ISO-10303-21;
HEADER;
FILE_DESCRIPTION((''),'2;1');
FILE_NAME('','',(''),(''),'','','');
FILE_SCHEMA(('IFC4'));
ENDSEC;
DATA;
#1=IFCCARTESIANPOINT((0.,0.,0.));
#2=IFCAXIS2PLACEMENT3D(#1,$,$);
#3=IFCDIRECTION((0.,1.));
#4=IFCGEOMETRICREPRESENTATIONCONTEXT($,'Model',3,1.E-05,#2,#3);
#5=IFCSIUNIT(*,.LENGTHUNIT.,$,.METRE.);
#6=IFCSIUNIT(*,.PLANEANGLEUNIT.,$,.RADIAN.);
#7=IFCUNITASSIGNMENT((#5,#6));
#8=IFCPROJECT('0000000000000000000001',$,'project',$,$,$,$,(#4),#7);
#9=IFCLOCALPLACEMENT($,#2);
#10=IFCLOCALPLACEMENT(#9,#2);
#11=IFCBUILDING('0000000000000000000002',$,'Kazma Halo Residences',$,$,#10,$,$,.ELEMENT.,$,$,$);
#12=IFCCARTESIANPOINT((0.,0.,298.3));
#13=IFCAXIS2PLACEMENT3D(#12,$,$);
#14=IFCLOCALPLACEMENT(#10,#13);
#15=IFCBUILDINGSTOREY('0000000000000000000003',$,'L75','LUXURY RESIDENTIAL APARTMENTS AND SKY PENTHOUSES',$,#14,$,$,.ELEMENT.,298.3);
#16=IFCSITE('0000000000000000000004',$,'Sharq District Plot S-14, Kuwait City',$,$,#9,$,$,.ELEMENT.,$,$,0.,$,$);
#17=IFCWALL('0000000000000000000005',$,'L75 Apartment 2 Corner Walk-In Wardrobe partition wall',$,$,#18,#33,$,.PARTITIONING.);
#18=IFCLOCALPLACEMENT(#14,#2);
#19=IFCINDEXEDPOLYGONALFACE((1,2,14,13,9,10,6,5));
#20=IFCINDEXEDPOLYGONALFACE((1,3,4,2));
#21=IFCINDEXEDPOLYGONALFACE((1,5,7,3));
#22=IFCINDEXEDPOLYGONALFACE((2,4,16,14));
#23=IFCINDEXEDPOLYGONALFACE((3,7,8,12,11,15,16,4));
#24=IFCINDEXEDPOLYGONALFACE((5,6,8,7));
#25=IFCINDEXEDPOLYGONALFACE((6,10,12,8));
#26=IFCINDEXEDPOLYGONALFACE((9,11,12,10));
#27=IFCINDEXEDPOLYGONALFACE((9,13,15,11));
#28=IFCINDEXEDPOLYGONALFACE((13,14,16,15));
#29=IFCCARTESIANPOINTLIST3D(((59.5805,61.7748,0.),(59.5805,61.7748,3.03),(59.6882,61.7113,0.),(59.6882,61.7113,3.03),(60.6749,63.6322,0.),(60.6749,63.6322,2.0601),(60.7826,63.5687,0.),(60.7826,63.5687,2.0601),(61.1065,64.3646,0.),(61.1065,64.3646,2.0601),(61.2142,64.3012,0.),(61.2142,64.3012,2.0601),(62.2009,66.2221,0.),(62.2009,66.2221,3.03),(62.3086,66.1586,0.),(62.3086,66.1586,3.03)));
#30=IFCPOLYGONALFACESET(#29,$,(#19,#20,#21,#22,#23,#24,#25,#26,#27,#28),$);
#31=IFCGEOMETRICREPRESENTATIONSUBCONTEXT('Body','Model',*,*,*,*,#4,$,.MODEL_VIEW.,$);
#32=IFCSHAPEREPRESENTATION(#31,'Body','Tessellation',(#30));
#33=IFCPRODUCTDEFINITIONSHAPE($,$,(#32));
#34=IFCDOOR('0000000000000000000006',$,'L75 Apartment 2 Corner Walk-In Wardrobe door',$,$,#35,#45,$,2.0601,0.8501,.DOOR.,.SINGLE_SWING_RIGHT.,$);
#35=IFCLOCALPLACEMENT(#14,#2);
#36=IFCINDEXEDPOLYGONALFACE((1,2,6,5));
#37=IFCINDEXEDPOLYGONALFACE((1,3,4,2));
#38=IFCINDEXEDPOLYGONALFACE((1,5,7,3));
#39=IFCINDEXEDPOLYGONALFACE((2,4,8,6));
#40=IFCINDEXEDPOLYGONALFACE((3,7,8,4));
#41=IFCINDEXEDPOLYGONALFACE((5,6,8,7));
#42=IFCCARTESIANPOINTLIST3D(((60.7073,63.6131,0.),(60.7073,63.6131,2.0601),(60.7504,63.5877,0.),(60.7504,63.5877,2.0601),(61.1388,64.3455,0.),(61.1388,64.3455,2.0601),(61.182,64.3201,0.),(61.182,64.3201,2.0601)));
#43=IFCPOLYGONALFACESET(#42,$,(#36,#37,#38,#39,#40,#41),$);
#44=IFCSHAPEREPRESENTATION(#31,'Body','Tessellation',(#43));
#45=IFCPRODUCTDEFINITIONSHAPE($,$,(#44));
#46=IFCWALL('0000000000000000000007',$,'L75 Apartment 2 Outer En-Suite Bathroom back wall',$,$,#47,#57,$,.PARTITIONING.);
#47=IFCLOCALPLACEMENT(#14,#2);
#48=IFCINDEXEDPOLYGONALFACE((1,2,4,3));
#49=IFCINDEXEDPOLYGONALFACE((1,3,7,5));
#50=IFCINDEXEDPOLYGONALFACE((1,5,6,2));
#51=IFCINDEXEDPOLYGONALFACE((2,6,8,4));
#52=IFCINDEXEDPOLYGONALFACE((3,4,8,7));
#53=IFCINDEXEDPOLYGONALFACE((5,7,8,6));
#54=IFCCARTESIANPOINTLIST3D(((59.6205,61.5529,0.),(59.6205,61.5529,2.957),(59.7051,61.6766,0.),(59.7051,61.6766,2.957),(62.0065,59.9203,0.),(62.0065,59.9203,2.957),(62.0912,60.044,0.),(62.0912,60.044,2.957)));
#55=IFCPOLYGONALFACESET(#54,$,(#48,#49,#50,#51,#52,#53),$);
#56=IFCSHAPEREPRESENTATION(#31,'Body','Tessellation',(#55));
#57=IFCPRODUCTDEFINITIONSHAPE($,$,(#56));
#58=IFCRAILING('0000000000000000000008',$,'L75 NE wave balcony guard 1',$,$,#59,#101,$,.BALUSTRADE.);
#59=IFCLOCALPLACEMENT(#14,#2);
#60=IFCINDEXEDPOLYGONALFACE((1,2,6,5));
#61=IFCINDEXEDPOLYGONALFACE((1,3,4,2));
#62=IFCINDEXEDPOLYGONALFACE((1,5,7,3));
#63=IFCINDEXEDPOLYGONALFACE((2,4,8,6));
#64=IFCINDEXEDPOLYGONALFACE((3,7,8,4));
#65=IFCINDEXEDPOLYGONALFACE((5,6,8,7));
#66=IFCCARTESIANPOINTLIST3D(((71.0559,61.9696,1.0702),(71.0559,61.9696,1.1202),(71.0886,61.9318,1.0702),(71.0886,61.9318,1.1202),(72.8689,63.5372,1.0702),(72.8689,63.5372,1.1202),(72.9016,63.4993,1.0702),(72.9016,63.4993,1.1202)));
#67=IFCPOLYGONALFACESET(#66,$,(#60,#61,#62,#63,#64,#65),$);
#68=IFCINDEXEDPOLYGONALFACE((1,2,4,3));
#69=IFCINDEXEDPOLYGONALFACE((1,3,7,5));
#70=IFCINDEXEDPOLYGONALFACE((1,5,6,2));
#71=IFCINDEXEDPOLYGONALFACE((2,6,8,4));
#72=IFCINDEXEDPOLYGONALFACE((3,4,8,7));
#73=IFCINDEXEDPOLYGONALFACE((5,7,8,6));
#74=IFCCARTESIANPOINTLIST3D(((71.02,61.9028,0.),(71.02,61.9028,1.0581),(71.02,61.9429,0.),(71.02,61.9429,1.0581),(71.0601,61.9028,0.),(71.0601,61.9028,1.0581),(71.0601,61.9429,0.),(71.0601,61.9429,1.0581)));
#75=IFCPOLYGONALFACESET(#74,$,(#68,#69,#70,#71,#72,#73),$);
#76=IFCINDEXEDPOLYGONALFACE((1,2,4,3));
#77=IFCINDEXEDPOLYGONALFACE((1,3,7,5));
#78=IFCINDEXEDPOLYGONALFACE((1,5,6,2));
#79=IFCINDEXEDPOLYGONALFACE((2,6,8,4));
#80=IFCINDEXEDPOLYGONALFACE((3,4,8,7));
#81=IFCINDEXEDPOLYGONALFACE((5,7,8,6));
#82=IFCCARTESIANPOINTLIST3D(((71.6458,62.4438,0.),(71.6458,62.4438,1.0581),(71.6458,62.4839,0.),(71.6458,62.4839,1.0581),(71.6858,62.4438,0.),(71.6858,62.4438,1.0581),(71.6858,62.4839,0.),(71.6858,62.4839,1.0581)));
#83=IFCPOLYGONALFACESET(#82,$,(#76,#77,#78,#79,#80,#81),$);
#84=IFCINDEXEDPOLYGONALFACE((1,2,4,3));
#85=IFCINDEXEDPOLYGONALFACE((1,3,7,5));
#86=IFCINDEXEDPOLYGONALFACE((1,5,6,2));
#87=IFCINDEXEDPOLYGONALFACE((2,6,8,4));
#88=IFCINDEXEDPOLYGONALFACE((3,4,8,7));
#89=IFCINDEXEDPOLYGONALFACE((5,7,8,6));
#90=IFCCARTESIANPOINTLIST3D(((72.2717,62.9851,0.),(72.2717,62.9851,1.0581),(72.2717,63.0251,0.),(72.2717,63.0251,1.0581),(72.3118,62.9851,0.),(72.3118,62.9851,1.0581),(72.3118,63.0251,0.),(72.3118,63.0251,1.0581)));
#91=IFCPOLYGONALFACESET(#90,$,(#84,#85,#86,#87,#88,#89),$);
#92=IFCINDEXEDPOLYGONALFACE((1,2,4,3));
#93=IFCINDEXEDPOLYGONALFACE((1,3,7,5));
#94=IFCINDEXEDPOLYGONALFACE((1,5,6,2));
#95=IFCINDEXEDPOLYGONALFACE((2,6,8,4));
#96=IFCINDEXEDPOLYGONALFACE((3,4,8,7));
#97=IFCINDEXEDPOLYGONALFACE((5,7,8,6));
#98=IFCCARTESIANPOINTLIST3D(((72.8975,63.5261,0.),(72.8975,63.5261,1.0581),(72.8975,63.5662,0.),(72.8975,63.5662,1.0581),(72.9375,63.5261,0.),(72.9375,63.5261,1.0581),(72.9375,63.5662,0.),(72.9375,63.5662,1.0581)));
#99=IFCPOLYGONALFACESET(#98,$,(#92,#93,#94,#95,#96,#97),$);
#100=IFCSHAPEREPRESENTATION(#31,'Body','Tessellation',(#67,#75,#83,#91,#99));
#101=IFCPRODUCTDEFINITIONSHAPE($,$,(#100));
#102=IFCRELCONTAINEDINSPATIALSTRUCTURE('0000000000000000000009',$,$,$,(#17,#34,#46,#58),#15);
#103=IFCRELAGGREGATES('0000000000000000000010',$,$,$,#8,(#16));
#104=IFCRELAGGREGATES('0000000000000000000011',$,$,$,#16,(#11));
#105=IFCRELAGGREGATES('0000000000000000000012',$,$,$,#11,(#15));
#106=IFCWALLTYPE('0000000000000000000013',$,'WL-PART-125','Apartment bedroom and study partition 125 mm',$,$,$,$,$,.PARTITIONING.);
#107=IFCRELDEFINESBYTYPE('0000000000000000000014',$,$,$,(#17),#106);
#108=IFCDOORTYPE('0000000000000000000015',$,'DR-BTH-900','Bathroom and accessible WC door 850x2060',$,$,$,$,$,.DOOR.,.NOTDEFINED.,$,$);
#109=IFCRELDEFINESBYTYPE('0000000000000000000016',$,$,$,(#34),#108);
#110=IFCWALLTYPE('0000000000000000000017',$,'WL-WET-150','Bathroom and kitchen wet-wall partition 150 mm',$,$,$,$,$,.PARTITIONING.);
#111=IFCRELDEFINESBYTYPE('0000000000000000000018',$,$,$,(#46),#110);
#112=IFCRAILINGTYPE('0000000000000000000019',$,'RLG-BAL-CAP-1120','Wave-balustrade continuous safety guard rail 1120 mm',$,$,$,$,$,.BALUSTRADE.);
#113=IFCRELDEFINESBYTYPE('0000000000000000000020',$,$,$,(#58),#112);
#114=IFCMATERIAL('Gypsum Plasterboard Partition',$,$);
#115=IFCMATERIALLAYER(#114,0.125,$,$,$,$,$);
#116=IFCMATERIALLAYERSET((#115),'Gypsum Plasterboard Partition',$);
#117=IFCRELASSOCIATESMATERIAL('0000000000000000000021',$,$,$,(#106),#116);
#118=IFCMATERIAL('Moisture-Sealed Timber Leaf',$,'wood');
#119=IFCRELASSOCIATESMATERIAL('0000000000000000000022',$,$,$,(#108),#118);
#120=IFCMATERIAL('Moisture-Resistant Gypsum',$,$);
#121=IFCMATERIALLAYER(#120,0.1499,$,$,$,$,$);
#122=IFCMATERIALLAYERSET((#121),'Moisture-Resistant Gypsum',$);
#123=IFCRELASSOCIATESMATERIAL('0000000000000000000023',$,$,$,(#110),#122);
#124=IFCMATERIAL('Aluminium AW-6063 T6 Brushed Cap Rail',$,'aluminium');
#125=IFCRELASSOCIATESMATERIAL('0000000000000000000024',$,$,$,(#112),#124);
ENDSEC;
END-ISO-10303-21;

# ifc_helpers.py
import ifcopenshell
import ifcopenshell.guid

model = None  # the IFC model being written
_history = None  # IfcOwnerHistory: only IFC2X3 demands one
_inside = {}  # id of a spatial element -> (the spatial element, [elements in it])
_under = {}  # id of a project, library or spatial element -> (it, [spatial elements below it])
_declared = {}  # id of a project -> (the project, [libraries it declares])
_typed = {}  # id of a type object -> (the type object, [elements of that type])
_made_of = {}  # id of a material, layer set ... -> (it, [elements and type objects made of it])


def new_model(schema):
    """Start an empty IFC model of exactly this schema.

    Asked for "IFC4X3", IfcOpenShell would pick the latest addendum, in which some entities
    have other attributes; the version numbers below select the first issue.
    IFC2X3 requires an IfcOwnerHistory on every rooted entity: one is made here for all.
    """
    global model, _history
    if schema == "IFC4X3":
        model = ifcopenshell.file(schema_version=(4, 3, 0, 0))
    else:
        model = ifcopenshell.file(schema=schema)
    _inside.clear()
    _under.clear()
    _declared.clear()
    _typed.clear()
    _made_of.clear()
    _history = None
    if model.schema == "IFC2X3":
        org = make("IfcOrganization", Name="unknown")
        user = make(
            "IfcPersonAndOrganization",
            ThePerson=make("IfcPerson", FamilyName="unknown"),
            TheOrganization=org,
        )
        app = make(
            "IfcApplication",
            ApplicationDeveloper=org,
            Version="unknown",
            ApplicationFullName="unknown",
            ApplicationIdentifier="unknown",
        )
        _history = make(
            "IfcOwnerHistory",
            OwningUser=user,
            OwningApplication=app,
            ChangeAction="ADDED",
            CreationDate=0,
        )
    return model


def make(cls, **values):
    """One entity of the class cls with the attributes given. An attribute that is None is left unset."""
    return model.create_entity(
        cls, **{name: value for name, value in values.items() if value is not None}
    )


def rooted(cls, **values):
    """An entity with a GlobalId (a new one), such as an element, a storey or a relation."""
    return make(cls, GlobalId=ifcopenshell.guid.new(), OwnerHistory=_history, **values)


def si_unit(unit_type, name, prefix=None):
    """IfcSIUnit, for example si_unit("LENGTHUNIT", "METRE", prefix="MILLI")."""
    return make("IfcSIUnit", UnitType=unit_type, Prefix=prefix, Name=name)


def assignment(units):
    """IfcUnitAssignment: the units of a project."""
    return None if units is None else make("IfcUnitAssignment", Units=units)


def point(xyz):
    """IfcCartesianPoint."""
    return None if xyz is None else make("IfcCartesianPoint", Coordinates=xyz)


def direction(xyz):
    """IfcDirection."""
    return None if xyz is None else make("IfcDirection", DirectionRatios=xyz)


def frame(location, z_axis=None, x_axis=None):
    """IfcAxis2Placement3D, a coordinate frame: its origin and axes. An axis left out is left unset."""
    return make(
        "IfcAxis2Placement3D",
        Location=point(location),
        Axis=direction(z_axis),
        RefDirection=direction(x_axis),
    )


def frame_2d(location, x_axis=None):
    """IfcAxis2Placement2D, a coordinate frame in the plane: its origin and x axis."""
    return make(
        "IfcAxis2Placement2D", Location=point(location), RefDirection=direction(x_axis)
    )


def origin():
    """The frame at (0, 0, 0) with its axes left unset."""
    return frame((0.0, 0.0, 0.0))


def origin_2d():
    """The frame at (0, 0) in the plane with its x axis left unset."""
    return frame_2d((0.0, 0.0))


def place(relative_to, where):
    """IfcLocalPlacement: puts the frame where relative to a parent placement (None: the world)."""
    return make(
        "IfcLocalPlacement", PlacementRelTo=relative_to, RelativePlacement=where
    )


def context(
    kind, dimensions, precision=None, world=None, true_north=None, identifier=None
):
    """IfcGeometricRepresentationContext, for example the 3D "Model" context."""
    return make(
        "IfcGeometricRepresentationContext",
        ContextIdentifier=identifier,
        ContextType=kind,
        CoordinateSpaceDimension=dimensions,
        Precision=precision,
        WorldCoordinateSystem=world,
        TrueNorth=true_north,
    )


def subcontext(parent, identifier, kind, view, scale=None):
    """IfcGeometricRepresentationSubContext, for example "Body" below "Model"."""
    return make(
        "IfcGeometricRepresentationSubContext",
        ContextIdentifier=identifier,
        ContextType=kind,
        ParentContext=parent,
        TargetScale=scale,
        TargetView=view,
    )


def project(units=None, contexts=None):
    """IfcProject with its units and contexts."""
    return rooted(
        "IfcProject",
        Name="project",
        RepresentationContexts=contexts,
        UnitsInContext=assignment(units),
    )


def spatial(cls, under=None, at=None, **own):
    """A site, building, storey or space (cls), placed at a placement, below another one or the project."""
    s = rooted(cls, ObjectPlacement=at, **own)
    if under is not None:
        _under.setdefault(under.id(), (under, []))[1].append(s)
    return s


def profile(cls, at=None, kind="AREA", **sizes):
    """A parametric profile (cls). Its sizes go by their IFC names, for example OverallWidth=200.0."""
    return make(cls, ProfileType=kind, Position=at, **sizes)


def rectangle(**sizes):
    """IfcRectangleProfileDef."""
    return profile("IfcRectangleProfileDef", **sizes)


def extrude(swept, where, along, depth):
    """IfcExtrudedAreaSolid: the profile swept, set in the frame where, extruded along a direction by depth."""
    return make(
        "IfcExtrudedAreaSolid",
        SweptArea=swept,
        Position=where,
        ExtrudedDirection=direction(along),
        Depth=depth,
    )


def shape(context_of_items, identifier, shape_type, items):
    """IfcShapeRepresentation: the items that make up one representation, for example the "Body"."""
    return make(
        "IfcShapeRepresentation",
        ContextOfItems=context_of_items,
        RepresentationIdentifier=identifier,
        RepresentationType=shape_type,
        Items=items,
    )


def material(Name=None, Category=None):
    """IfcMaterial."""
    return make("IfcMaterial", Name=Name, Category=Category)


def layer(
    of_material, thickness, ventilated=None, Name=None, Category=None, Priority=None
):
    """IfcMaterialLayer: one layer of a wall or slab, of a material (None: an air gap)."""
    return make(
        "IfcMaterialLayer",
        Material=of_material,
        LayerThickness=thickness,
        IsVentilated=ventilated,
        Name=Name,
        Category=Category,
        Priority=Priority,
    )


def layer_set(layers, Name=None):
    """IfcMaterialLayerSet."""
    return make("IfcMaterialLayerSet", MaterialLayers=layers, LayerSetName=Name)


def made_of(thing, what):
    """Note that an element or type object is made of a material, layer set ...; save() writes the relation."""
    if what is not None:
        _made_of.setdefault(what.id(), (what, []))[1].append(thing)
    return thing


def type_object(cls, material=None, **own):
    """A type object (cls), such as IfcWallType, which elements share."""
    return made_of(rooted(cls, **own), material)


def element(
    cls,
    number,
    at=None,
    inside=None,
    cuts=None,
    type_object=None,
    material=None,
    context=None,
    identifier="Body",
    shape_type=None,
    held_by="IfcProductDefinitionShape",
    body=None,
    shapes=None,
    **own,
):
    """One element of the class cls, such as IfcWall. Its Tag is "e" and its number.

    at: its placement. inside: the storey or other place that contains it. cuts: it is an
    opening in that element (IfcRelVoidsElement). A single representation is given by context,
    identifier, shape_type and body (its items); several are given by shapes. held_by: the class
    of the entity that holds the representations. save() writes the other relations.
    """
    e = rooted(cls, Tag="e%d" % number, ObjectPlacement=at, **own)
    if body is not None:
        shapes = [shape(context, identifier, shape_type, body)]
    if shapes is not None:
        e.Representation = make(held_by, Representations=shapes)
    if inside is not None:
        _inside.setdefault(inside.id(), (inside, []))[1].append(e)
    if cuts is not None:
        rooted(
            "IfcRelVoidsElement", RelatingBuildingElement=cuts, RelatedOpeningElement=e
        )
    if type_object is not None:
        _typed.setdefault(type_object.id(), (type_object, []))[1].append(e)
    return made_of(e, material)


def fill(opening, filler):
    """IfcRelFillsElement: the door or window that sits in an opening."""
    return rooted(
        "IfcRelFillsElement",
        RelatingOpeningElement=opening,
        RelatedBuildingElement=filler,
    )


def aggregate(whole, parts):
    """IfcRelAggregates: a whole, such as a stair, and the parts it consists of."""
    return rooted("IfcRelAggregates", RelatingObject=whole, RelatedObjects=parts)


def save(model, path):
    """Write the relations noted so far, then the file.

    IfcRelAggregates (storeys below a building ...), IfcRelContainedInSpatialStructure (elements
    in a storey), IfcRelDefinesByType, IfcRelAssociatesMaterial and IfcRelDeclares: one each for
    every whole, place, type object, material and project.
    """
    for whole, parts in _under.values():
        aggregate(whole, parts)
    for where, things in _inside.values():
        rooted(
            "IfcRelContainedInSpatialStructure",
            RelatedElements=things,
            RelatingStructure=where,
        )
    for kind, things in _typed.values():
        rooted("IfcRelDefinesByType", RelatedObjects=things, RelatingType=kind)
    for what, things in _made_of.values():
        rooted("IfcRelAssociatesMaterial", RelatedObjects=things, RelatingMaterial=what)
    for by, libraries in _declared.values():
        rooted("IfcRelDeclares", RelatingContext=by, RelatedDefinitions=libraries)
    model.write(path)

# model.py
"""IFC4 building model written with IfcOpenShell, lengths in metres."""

from ifc_helpers import new_model, si_unit, direction, frame, frame_2d, origin, origin_2d, place, context, subcontext, project, spatial, rectangle, extrude, material, layer, layer_set, type_object, element, fill, save


model = new_model("IFC4")

# Units and contexts
model_context = context("Model", 3, precision=1e-05, world=origin(), true_north=direction((0.0, 1.0)))
body_context = subcontext(model_context, "Body", "Model", "MODEL_VIEW")
ifc_project = project(units=[si_unit("LENGTHUNIT", "METRE"), si_unit("PLANEANGLEUNIT", "RADIAN")], contexts=[model_context])

# Site, building, storey
site_placement = place(None, origin())
site = spatial("IfcSite", under=ifc_project, at=site_placement, Name="Sharq District Plot S-14, Kuwait City", CompositionType="ELEMENT", RefElevation=0.0)
building_placement = place(site_placement, origin())
building = spatial("IfcBuilding", under=site, at=building_placement, Name="Kazma Halo Residences", CompositionType="ELEMENT")
storey_placement = place(building_placement, frame((0.0, 0.0, 298.3)))
storey = spatial("IfcBuildingStorey", under=building, at=storey_placement, Name="L75", Description="LUXURY RESIDENTIAL APARTMENTS AND SKY PENTHOUSES", CompositionType="ELEMENT", Elevation=298.3)

# Wall, opening, door
ifc_material_1 = material(Name="Gypsum Plasterboard Partition")
ifc_layer_1 = layer(ifc_material_1, 0.125)
ifc_layer_set_1 = layer_set([ifc_layer_1], Name="Gypsum Plasterboard Partition")
wall_type_1 = type_object("IfcWallType", Name="WL-PART-125", Description="Apartment bedroom and study partition 125 mm", PredefinedType="PARTITIONING", material=ifc_layer_set_1)
wall_1_placement = place(storey_placement, frame((59.6343, 61.7429, 0.0), z_axis=(0.0, 0.0, 1.0), x_axis=(0.507642, 0.861568, 0.0)))
wall_1 = element("IfcWall", 1, at=wall_1_placement, inside=storey, type_object=wall_type_1, Name="L75 Apartment 2 Corner Walk-In Wardrobe partition wall", PredefinedType="PARTITIONING", context=body_context, shape_type="SweptSolid", body=[
    extrude(rectangle(XDim=5.1619, YDim=0.125, at=frame_2d((2.5811, 0.0))), origin(), (0.0, 0.0, 1.0), 3.03),
])
opening_1_placement = place(wall_1_placement, frame((2.156, 0.0, 0.0)))
opening_1 = element("IfcOpeningElement", 2, at=opening_1_placement, cuts=wall_1, PredefinedType="OPENING", context=body_context, shape_type="SweptSolid", body=[
    extrude(rectangle(XDim=0.8501, YDim=2.0601, at=frame_2d((0.425, 1.03))), frame((0.0, 0.0725, 0.0), z_axis=(0.0, -1.0, 0.0), x_axis=(1.0, 0.0, 0.0)), (0.0, 0.0, 1.0), 0.145),
])
ifc_material_2 = material(Name="Moisture-Sealed Timber Leaf", Category="wood")
door_type_1 = type_object("IfcDoorType", Name="DR-BTH-900", Description="Bathroom and accessible WC door 850x2060", OperationType="NOTDEFINED", PredefinedType="DOOR", material=ifc_material_2)
door_1_placement = place(opening_1_placement, origin())
door_1 = element("IfcDoor", 3, at=door_1_placement, inside=storey, type_object=door_type_1, Name="L75 Apartment 2 Corner Walk-In Wardrobe door", OperationType="SINGLE_SWING_RIGHT", OverallHeight=2.0601, OverallWidth=0.8501, PredefinedType="DOOR", context=body_context, shape_type="SweptSolid", body=[
    extrude(rectangle(XDim=0.8501, YDim=2.0601, at=frame_2d((0.425, 1.03))), frame((0.0, 0.0249, 0.0), z_axis=(0.0, -1.0, 0.0), x_axis=(1.0, 0.0, 0.0)), (0.0, 0.0, 1.0), 0.05),
])
fill(opening_1, door_1)

# Wall
ifc_material_3 = material(Name="Moisture-Resistant Gypsum")
ifc_layer_2 = layer(ifc_material_3, 0.1499)
ifc_layer_set_2 = layer_set([ifc_layer_2], Name="Moisture-Resistant Gypsum")
wall_type_2 = type_object("IfcWallType", Name="WL-WET-150", Description="Bathroom and kitchen wet-wall partition 150 mm", PredefinedType="PARTITIONING", material=ifc_layer_set_2)
wall_2_placement = place(storey_placement, frame((62.0488, 59.9822, 0.0), z_axis=(0.0, 0.0, 1.0), x_axis=(-0.825299, 0.564696, 0.0)))
element("IfcWall", 4, at=wall_2_placement, inside=storey, type_object=wall_type_2, Name="L75 Apartment 2 Outer En-Suite Bathroom back wall", PredefinedType="PARTITIONING", context=body_context, shape_type="SweptSolid", body=[
    extrude(rectangle(XDim=2.8911, YDim=0.1499, at=frame_2d((1.4456, 0.0))), origin(), (0.0, 0.0, 1.0), 2.957),
])

# Railing
ifc_material_4 = material(Name="Aluminium AW-6063 T6 Brushed Cap Rail", Category="aluminium")
railing_type = type_object("IfcRailingType", Name="RLG-BAL-CAP-1120", Description="Wave-balustrade continuous safety guard rail 1120 mm", PredefinedType="BALUSTRADE", material=ifc_material_4)
railing_1_placement = place(storey_placement, frame((71.04, 61.9229, 0.0)))
element("IfcRailing", 5, at=railing_1_placement, inside=storey, type_object=railing_type, Name="L75 NE wave balcony guard 1", PredefinedType="BALUSTRADE", context=body_context, shape_type="SweptSolid", body=[
    extrude(rectangle(XDim=0.05, YDim=0.05, at=origin_2d()), frame((0.0322, 0.0278, 1.0952), z_axis=(0.756451, 0.65405, 0.0), x_axis=(-0.65405, 0.756451, 0.0)), (0.0, 0.0, 1.0), 2.3967),
    extrude(rectangle(XDim=0.04, YDim=0.04, at=origin_2d()), origin(), (0.0, 0.0, 1.0), 1.0581),
    extrude(rectangle(XDim=0.04, YDim=0.04, at=origin_2d()), frame((0.6257, 0.541, 0.0)), (0.0, 0.0, 1.0), 1.0581),
    extrude(rectangle(XDim=0.04, YDim=0.04, at=origin_2d()), frame((1.2517, 1.0823, 0.0)), (0.0, 0.0, 1.0), 1.0581),
    extrude(rectangle(XDim=0.04, YDim=0.04, at=origin_2d()), frame((1.8774, 1.6233, 0.0)), (0.0, 0.0, 1.0), 1.0581),
])

save(model, "model.ifc")
